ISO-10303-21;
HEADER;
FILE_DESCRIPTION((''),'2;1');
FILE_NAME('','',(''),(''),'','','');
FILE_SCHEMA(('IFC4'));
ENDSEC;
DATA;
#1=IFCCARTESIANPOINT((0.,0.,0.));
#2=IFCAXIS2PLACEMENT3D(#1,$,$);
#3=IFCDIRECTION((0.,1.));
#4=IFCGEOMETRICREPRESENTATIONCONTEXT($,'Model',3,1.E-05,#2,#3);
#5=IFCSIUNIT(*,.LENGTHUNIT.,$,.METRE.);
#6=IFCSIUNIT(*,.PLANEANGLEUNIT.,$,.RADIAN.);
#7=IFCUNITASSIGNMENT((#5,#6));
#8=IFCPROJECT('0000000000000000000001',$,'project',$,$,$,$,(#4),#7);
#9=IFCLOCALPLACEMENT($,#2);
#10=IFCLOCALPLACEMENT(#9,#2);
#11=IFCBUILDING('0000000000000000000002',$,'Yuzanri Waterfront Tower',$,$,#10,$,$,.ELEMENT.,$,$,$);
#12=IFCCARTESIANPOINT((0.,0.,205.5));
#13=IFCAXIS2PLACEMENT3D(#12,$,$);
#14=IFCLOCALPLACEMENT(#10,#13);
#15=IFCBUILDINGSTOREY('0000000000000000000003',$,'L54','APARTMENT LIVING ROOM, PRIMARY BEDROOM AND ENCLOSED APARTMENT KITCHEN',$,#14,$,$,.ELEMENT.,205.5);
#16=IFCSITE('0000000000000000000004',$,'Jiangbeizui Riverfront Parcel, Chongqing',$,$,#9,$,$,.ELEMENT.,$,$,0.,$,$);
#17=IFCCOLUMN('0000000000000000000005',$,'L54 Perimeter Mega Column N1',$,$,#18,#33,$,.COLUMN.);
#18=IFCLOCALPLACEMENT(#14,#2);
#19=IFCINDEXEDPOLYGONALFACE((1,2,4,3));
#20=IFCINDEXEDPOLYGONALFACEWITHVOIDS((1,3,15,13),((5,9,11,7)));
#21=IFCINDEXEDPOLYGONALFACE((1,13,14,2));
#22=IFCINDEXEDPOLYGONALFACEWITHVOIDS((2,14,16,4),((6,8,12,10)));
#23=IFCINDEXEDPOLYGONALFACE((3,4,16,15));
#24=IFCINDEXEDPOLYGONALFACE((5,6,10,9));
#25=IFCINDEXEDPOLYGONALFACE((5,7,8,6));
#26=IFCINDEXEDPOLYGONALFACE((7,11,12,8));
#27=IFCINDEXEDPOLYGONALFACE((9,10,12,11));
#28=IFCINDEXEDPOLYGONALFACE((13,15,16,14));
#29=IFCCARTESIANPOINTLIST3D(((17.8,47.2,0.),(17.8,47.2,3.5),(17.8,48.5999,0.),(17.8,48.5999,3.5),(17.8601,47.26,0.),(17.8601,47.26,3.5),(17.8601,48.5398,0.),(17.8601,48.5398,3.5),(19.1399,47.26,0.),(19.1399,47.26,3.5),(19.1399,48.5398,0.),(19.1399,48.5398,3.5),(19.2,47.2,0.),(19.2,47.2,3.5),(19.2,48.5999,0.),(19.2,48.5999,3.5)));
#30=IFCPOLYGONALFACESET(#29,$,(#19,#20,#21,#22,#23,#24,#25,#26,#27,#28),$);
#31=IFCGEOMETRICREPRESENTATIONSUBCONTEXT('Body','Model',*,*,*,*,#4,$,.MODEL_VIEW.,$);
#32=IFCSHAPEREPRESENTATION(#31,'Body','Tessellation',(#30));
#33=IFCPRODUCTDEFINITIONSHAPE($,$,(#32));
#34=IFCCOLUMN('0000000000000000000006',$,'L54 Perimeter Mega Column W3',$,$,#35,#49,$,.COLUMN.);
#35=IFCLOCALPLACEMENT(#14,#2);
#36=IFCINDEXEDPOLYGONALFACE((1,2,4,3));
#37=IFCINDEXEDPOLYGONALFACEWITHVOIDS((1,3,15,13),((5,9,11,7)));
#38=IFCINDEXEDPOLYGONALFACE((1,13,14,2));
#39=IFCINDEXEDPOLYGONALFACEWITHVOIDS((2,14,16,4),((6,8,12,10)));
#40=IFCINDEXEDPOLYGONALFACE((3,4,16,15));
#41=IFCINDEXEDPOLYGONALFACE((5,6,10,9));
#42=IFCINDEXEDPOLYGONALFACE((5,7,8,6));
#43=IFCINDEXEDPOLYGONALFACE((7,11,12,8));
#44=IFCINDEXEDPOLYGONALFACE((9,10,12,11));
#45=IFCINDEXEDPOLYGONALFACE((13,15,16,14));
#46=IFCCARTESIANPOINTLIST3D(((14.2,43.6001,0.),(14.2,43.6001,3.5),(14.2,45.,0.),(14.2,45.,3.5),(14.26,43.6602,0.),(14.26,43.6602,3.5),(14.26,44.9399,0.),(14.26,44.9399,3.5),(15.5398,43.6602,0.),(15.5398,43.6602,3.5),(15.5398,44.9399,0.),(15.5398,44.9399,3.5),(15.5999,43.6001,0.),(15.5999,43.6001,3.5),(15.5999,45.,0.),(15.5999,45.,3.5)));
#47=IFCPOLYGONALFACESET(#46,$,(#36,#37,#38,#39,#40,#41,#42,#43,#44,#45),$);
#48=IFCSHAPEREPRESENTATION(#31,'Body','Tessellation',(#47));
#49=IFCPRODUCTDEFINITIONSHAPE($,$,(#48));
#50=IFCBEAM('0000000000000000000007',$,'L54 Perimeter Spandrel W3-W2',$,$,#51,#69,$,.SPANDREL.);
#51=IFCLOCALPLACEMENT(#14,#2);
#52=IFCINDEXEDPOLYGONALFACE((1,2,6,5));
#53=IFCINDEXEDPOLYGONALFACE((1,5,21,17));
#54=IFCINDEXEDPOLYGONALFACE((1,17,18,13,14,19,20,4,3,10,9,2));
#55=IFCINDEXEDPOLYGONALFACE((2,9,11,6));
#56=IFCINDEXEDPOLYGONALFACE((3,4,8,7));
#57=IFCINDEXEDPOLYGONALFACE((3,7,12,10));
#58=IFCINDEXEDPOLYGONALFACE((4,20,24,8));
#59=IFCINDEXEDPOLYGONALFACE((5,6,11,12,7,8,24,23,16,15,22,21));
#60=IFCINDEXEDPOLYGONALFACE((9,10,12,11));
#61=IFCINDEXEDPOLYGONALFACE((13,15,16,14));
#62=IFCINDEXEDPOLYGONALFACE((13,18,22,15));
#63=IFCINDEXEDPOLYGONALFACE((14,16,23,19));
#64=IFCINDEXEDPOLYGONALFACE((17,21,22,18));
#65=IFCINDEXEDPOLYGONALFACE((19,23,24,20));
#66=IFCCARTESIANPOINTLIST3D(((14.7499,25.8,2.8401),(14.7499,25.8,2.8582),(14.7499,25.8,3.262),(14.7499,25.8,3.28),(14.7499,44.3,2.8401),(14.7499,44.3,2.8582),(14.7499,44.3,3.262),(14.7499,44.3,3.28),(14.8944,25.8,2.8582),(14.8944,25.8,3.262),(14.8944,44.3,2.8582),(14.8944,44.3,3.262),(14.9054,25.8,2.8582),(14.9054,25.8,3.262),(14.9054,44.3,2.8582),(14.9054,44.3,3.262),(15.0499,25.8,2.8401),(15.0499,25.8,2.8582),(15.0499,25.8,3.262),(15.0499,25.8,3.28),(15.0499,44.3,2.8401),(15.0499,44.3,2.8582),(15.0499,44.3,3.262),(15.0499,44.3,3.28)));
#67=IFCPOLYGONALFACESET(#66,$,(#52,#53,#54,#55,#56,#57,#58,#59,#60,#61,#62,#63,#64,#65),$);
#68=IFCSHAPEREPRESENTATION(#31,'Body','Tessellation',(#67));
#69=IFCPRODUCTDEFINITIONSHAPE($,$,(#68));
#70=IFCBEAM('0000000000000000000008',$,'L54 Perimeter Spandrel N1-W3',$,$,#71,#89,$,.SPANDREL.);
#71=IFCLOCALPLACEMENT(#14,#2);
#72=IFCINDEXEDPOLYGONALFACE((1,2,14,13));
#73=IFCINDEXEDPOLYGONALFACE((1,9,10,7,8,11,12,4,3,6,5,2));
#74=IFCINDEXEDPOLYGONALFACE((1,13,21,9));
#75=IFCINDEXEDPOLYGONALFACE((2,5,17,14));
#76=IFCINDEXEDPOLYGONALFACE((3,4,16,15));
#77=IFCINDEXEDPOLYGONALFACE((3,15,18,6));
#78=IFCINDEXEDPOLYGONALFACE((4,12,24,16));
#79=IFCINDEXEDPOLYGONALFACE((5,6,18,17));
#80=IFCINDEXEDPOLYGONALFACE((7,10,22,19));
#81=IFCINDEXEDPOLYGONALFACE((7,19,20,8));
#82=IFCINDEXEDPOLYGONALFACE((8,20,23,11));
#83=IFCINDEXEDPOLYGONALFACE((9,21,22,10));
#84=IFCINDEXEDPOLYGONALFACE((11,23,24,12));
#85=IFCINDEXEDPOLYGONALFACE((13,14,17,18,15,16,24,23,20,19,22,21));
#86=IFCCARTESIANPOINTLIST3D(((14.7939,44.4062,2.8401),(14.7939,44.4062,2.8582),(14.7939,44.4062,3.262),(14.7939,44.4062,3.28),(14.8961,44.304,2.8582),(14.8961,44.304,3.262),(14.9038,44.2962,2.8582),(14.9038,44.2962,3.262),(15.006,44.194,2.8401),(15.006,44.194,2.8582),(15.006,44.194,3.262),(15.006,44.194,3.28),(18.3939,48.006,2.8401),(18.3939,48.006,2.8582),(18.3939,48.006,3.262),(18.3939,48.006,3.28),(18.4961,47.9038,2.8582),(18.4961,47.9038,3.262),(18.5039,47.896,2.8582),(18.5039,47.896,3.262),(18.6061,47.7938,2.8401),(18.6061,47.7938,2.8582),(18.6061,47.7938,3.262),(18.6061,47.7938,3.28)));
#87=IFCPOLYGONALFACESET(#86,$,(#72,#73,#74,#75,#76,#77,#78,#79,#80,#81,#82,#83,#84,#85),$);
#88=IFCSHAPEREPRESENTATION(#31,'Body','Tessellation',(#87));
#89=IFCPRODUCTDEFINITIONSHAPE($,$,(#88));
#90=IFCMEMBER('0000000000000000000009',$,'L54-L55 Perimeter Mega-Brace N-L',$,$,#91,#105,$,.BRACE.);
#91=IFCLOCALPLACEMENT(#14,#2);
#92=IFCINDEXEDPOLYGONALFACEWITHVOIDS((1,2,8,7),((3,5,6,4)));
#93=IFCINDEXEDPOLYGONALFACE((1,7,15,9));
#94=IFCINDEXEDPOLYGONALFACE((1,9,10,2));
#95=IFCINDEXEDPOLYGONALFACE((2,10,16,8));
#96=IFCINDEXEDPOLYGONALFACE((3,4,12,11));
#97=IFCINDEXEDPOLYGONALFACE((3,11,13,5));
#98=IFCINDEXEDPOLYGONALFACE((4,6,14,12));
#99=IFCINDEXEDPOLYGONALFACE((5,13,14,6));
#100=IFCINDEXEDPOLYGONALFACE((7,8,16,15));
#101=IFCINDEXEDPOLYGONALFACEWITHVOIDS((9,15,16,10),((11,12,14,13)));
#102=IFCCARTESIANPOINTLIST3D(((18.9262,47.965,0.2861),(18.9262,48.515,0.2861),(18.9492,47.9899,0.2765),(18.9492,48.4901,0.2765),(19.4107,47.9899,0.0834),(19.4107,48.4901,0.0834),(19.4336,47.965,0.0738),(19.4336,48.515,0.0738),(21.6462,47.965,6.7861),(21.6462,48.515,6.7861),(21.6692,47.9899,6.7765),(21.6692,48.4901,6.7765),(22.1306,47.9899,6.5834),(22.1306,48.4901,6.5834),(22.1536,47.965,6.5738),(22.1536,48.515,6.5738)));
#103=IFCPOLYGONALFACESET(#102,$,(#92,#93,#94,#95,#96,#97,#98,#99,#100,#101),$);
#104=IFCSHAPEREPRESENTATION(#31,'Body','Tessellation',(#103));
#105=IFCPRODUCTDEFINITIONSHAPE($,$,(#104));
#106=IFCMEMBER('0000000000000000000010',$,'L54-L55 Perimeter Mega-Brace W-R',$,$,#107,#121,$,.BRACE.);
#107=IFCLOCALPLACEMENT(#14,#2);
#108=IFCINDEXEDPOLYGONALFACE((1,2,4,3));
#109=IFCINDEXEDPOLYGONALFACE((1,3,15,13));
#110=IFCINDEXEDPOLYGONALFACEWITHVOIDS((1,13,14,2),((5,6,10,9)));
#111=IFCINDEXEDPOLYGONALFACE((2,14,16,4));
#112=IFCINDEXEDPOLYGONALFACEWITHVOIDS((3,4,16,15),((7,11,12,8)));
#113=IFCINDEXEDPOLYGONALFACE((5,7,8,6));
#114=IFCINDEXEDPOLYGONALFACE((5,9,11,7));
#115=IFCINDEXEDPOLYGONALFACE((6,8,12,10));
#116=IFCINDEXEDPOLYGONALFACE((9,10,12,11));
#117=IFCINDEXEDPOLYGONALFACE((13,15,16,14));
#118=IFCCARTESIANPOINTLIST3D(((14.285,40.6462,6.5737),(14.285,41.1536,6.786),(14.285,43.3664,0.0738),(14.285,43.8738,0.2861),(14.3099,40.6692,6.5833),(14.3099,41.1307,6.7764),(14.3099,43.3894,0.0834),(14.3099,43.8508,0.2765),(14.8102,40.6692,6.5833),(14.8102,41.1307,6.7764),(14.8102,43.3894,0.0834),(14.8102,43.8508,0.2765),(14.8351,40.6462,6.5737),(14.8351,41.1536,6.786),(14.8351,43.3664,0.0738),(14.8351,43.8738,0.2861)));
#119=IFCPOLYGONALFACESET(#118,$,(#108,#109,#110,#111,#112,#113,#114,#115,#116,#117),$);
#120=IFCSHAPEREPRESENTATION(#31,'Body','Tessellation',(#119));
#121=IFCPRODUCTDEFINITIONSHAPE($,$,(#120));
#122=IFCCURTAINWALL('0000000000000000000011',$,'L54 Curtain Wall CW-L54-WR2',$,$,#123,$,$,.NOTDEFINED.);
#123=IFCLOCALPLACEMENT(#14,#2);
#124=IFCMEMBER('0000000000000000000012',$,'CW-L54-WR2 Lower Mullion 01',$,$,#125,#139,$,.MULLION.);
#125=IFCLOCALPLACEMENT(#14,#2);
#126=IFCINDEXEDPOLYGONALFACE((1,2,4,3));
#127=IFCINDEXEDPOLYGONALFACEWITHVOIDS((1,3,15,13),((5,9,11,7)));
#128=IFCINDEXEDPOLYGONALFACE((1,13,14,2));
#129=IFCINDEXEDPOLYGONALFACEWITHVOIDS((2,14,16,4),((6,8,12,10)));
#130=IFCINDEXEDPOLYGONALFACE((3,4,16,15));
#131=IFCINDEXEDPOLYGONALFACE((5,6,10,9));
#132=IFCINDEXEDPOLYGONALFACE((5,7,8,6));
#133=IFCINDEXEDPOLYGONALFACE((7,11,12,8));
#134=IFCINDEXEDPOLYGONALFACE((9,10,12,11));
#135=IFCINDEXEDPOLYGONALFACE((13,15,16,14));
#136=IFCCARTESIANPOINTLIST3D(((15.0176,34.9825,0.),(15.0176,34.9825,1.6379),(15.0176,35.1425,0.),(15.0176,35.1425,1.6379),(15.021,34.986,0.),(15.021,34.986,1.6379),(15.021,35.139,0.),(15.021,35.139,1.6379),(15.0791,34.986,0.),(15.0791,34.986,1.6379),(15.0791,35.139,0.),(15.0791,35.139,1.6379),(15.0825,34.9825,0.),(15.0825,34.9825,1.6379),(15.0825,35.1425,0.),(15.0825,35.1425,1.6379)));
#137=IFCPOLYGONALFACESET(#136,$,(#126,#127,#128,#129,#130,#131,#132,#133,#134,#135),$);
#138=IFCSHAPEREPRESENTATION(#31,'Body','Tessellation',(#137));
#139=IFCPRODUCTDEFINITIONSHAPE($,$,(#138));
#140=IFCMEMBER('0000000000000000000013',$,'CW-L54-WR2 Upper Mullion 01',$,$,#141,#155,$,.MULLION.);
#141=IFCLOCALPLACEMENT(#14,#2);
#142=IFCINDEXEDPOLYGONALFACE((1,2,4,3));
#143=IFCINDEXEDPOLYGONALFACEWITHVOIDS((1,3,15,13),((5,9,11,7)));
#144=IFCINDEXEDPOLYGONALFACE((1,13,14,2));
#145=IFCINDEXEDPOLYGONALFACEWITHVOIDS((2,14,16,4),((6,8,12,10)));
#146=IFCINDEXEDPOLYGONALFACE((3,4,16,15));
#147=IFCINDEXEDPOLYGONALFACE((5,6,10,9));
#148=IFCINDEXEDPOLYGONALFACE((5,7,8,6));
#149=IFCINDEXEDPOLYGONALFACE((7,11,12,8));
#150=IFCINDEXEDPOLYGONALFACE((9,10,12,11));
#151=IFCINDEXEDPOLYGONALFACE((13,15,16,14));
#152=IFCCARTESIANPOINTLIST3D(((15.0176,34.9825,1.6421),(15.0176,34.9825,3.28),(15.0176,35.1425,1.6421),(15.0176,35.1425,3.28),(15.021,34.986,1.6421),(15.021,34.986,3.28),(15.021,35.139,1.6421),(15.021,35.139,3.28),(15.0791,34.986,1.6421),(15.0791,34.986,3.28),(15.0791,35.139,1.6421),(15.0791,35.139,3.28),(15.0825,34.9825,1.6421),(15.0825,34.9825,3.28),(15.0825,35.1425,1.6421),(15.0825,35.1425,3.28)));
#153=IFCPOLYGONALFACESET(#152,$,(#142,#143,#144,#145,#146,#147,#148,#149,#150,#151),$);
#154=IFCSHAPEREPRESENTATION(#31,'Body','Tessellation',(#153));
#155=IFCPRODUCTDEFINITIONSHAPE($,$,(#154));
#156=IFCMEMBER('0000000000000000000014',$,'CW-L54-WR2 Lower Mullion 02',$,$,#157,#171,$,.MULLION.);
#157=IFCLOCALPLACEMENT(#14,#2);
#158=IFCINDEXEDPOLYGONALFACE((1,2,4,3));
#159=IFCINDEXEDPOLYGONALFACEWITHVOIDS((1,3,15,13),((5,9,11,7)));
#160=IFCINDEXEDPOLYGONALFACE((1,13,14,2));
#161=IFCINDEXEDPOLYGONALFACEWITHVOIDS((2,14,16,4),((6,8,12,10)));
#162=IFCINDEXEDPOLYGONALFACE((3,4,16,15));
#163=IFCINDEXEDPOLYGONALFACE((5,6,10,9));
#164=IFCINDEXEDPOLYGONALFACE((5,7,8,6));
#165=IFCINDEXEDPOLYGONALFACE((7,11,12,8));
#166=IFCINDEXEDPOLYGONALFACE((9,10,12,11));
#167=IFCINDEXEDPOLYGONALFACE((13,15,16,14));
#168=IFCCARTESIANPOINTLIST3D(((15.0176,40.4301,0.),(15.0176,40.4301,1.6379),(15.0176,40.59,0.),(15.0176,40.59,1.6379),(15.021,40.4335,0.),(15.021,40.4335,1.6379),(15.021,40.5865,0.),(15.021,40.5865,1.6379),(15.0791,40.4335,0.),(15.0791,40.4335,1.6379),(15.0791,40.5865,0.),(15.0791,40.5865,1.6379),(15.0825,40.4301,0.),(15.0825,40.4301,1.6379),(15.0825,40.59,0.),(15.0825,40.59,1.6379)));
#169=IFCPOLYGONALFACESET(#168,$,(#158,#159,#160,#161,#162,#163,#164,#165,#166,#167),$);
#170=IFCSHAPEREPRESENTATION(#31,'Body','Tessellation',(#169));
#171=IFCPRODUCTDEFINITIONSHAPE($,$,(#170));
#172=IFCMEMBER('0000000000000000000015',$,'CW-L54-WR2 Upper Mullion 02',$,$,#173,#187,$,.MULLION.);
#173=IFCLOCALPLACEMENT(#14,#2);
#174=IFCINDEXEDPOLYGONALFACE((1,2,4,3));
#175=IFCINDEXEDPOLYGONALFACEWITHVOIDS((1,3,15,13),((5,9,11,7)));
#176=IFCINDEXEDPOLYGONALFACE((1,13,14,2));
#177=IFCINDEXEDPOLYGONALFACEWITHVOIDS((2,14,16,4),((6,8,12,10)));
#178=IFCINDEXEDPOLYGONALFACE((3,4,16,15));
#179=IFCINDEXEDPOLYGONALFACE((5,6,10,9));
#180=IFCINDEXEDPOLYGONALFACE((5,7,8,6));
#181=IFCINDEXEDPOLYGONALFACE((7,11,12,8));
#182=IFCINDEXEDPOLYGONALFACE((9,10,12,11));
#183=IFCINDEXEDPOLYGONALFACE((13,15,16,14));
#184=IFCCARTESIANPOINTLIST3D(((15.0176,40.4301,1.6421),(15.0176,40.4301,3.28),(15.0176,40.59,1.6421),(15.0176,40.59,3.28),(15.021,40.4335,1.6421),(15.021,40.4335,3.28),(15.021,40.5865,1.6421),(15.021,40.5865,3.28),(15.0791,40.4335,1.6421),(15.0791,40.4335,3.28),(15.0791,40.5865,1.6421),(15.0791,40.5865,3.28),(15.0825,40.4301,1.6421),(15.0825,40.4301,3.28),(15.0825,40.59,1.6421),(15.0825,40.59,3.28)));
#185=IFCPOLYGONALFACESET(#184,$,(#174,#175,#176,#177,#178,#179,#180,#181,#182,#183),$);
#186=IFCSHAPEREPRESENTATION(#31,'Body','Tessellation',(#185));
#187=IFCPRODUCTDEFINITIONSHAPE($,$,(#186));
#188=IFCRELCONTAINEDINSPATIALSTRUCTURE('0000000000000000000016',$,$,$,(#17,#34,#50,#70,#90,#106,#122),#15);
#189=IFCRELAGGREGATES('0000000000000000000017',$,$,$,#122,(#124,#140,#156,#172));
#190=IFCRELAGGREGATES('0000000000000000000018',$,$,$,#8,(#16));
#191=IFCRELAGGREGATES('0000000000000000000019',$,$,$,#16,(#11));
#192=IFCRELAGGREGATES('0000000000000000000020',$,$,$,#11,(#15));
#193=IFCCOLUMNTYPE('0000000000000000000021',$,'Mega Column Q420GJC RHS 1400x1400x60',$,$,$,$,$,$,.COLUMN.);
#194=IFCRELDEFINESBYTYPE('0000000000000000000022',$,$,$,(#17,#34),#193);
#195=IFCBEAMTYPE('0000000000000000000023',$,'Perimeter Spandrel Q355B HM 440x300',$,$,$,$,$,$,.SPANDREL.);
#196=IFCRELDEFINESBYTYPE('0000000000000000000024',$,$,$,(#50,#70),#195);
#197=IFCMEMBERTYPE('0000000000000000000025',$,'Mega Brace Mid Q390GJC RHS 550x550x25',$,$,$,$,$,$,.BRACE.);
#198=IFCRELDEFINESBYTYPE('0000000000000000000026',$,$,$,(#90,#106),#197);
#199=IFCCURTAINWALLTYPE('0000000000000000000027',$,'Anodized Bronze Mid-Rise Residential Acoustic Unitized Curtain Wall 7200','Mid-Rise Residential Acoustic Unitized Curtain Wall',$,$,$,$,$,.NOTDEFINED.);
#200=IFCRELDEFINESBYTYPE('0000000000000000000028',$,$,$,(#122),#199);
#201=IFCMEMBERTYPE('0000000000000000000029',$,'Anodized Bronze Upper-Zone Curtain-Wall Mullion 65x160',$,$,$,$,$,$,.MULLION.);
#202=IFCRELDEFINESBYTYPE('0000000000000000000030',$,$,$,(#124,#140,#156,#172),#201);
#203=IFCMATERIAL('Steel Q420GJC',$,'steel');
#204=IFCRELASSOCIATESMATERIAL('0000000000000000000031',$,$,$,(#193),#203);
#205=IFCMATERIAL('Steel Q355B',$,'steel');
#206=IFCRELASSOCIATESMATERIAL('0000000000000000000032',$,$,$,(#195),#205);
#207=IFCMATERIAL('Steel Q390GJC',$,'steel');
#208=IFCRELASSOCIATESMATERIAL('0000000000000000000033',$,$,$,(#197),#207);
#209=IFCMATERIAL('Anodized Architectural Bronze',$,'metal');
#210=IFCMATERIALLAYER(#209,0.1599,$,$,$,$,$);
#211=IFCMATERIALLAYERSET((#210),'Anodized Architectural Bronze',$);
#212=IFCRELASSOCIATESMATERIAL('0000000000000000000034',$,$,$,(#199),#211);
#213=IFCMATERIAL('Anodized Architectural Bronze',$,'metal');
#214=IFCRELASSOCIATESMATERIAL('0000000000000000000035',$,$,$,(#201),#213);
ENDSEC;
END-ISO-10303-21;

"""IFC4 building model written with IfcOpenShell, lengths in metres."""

from ifc_helpers import new_model, si_unit, direction, frame, origin, origin_2d, place, context, subcontext, project, spatial, hollow_rectangle, i_section, extrude, source, transform, mapped, material, layer, layer_set, material_profile, profile_set, type_object, element, aggregate, save


model = new_model("IFC4")

# Units and contexts
model_context = context("Model", 3, precision=1e-05, world=origin(), true_north=direction((0.0, 1.0)))
body_context = subcontext(model_context, "Body", "Model", "MODEL_VIEW")
ifc_project = project(units=[si_unit("LENGTHUNIT", "METRE"), si_unit("PLANEANGLEUNIT", "RADIAN")], contexts=[model_context])

# Site, building, storey
site_placement = place(None, origin())
site = spatial("IfcSite", under=ifc_project, at=site_placement, Name="Jiangbeizui Riverfront Parcel, Chongqing", CompositionType="ELEMENT", RefElevation=0.0)
building_placement = place(site_placement, origin())
building = spatial("IfcBuilding", under=site, at=building_placement, Name="Yuzanri Waterfront Tower", CompositionType="ELEMENT")
storey_placement = place(building_placement, frame((0.0, 0.0, 205.5)))
storey = spatial("IfcBuildingStorey", under=building, at=storey_placement, Name="L54", Description="APARTMENT LIVING ROOM, PRIMARY BEDROOM AND ENCLOSED APARTMENT KITCHEN", CompositionType="ELEMENT", Elevation=205.5)

# Columns
ifc_material_1 = material(Name="Steel Q420GJC", Category="steel")
ifc_material_profile_1 = material_profile(ifc_material_1, hollow_rectangle(XDim=1.3999, YDim=1.3999, WallThickness=0.0601, at=origin_2d()), Name="RHS 1400x1400x60")
ifc_profile_set_1 = profile_set([ifc_material_profile_1], Name="Steel Q420GJC")
column_type = type_object("IfcColumnType", Name="Mega Column Q420GJC RHS 1400x1400x60", PredefinedType="COLUMN", material=ifc_profile_set_1)
shared_shape_1 = source(origin(), body_context, "Body", "SweptSolid", [
    extrude(hollow_rectangle(XDim=1.3999, YDim=1.3999, WallThickness=0.0601, at=origin_2d()), origin(), (0.0, 0.0, 1.0), 3.5),
])
for number, where, z_axis, x_axis, name in (
    (1, (18.5, 47.8999, 0.0), (0.0, 0.0, 1.0), (1.0, 0.0, 0.0), "L54 Perimeter Mega Column N1"),
    (2, (14.8999, 44.3, 0.0), (0.0, 0.0, 1.0), (1.0, 0.0, 0.0), "L54 Perimeter Mega Column W3"),
):
    element("IfcColumn", number, at=place(storey_placement, frame(where, z_axis=z_axis, x_axis=x_axis)), inside=storey, type_object=column_type, Name=name, PredefinedType="COLUMN", context=body_context, shape_type="MappedRepresentation", body=[
        mapped(shared_shape_1, transform((0.0, 0.0, 0.0), scale=1.0)),
    ])

# Beams
ifc_material_2 = material(Name="Steel Q355B", Category="steel")
ifc_material_profile_2 = material_profile(ifc_material_2, i_section(OverallWidth=0.3, OverallDepth=0.4399, WebThickness=0.011, FlangeThickness=0.0181, at=origin_2d()), Name="HM 440x300x11x18")
ifc_profile_set_2 = profile_set([ifc_material_profile_2], Name="Steel Q355B")
beam_type = type_object("IfcBeamType", Name="Perimeter Spandrel Q355B HM 440x300", PredefinedType="SPANDREL", material=ifc_profile_set_2)
shared_shape_2 = source(origin(), body_context, "Body", "SweptSolid", [
    extrude(i_section(OverallWidth=0.3, OverallDepth=0.4399, WebThickness=0.011, FlangeThickness=0.0181, at=origin_2d()), origin(), (0.0, 0.0, 1.0), 18.5),
])
beam_1_placement = place(storey_placement, frame((14.8999, 44.3, 3.0601), z_axis=(0.0, -1.0, 0.0), x_axis=(1.0, 0.0, 0.0)))
element("IfcBeam", 3, at=beam_1_placement, inside=storey, type_object=beam_type, Name="L54 Perimeter Spandrel W3-W2", PredefinedType="SPANDREL", context=body_context, shape_type="MappedRepresentation", body=[
    mapped(shared_shape_2, transform((0.0, 0.0, 0.0), scale=1.0)),
])
shared_shape_3 = source(origin(), body_context, "Body", "SweptSolid", [
    extrude(i_section(OverallWidth=0.3, OverallDepth=0.4399, WebThickness=0.011, FlangeThickness=0.0181, at=origin_2d()), origin(), (0.0, 0.0, 1.0), 5.0911),
])
beam_2_placement = place(storey_placement, frame((18.5, 47.8999, 3.0601), z_axis=(-0.707131, -0.707083, 0.0), x_axis=(0.707083, -0.707131, 0.0)))
element("IfcBeam", 4, at=beam_2_placement, inside=storey, type_object=beam_type, Name="L54 Perimeter Spandrel N1-W3", PredefinedType="SPANDREL", context=body_context, shape_type="MappedRepresentation", body=[
    mapped(shared_shape_3, transform((0.0, 0.0, 0.0), scale=1.0)),
])

# Members
ifc_material_3 = material(Name="Steel Q390GJC", Category="steel")
ifc_material_profile_3 = material_profile(ifc_material_3, hollow_rectangle(XDim=0.55, YDim=0.55, WallThickness=0.0249, at=origin_2d()), Name="RHS 550x550x25")
ifc_profile_set_3 = profile_set([ifc_material_profile_3], Name="Steel Q390GJC")
member_type_1 = type_object("IfcMemberType", Name="Mega Brace Mid Q390GJC RHS 550x550x25", PredefinedType="BRACE", material=ifc_profile_set_3)
shared_shape_4 = source(origin(), body_context, "Body", "SweptSolid", [
    extrude(hollow_rectangle(XDim=0.55, YDim=0.55, WallThickness=0.0249, at=origin_2d()), origin(), (0.0, 0.0, 1.0), 7.0461),
])
for number, where, z_axis, x_axis, name in (
    (5, (19.1799, 48.24, 0.1799), (0.386022, 0.0, 0.922489), (0.0, 1.0, 0.0), "L54-L55 Perimeter Mega-Brace N-L"),
    (6, (14.5601, 43.6201, 0.1799), (0.0, -0.386052, 0.922477), (1.0, 0.0, 0.0), "L54-L55 Perimeter Mega-Brace W-R"),
):
    element("IfcMember", number, at=place(storey_placement, frame(where, z_axis=z_axis, x_axis=x_axis)), inside=storey, type_object=member_type_1, Name=name, PredefinedType="BRACE", context=body_context, shape_type="MappedRepresentation", body=[
        mapped(shared_shape_4, transform((0.0, 0.0, 0.0), scale=1.0)),
    ])

# Curtain wall, members
ifc_material_4 = material(Name="Anodized Architectural Bronze", Category="metal")
ifc_layer_1 = layer(ifc_material_4, 0.1599)
ifc_layer_set_1 = layer_set([ifc_layer_1], Name="Anodized Architectural Bronze")
curtain_wall_type = type_object("IfcCurtainWallType", Name="Anodized Bronze Mid-Rise Residential Acoustic Unitized Curtain Wall 7200", Description="Mid-Rise Residential Acoustic Unitized Curtain Wall", PredefinedType="NOTDEFINED", material=ifc_layer_set_1)
curtain_wall_placement = place(storey_placement, origin())
curtain_wall = element("IfcCurtainWall", 7, at=curtain_wall_placement, inside=storey, type_object=curtain_wall_type, Name="L54 Curtain Wall CW-L54-WR2", PredefinedType="NOTDEFINED")
ifc_material_5 = material(Name="Anodized Architectural Bronze", Category="metal")
ifc_material_profile_4 = material_profile(ifc_material_5, hollow_rectangle(XDim=0.0649, YDim=0.1599, WallThickness=0.0034, at=origin_2d()), Name="CWM 65x160")
ifc_profile_set_4 = profile_set([ifc_material_profile_4], Name="Anodized Architectural Bronze")
member_type_2 = type_object("IfcMemberType", Name="Anodized Bronze Upper-Zone Curtain-Wall Mullion 65x160", PredefinedType="MULLION", material=ifc_profile_set_4)
shared_shape_5 = source(origin(), body_context, "Body", "SweptSolid", [
    extrude(hollow_rectangle(XDim=0.0649, YDim=0.1599, WallThickness=0.0034, at=origin_2d()), origin(), (0.0, 0.0, 1.0), 1.6379),
])
member_1_placement = place(storey_placement, frame((15.05, 35.0625, 0.0), z_axis=(0.0, 0.0, 1.0), x_axis=(1.0, 0.0, 0.0)))
member_1 = element("IfcMember", 8, at=member_1_placement, type_object=member_type_2, Name="CW-L54-WR2 Lower Mullion 01", PredefinedType="MULLION", context=body_context, shape_type="MappedRepresentation", body=[
    mapped(shared_shape_5, transform((0.0, 0.0, 0.0), scale=1.0)),
])
member_2_placement = place(storey_placement, frame((15.05, 35.0625, 1.6421), z_axis=(0.0, 0.0, 1.0), x_axis=(1.0, 0.0, 0.0)))
member_2 = element("IfcMember", 9, at=member_2_placement, type_object=member_type_2, Name="CW-L54-WR2 Upper Mullion 01", PredefinedType="MULLION", context=body_context, shape_type="MappedRepresentation", body=[
    mapped(shared_shape_5, transform((0.0, 0.0, 0.0), scale=1.0)),
])
member_3_placement = place(storey_placement, frame((15.05, 40.51, 0.0), z_axis=(0.0, 0.0, 1.0), x_axis=(1.0, 0.0, 0.0)))
member_3 = element("IfcMember", 10, at=member_3_placement, type_object=member_type_2, Name="CW-L54-WR2 Lower Mullion 02", PredefinedType="MULLION", context=body_context, shape_type="MappedRepresentation", body=[
    mapped(shared_shape_5, transform((0.0, 0.0, 0.0), scale=1.0)),
])
member_4_placement = place(storey_placement, frame((15.05, 40.51, 1.6421), z_axis=(0.0, 0.0, 1.0), x_axis=(1.0, 0.0, 0.0)))
member_4 = element("IfcMember", 11, at=member_4_placement, type_object=member_type_2, Name="CW-L54-WR2 Upper Mullion 02", PredefinedType="MULLION", context=body_context, shape_type="MappedRepresentation", body=[
    mapped(shared_shape_5, transform((0.0, 0.0, 0.0), scale=1.0)),
])

aggregate(curtain_wall, [member_1, member_2, member_3, member_4])

save(model, "model.ifc")
